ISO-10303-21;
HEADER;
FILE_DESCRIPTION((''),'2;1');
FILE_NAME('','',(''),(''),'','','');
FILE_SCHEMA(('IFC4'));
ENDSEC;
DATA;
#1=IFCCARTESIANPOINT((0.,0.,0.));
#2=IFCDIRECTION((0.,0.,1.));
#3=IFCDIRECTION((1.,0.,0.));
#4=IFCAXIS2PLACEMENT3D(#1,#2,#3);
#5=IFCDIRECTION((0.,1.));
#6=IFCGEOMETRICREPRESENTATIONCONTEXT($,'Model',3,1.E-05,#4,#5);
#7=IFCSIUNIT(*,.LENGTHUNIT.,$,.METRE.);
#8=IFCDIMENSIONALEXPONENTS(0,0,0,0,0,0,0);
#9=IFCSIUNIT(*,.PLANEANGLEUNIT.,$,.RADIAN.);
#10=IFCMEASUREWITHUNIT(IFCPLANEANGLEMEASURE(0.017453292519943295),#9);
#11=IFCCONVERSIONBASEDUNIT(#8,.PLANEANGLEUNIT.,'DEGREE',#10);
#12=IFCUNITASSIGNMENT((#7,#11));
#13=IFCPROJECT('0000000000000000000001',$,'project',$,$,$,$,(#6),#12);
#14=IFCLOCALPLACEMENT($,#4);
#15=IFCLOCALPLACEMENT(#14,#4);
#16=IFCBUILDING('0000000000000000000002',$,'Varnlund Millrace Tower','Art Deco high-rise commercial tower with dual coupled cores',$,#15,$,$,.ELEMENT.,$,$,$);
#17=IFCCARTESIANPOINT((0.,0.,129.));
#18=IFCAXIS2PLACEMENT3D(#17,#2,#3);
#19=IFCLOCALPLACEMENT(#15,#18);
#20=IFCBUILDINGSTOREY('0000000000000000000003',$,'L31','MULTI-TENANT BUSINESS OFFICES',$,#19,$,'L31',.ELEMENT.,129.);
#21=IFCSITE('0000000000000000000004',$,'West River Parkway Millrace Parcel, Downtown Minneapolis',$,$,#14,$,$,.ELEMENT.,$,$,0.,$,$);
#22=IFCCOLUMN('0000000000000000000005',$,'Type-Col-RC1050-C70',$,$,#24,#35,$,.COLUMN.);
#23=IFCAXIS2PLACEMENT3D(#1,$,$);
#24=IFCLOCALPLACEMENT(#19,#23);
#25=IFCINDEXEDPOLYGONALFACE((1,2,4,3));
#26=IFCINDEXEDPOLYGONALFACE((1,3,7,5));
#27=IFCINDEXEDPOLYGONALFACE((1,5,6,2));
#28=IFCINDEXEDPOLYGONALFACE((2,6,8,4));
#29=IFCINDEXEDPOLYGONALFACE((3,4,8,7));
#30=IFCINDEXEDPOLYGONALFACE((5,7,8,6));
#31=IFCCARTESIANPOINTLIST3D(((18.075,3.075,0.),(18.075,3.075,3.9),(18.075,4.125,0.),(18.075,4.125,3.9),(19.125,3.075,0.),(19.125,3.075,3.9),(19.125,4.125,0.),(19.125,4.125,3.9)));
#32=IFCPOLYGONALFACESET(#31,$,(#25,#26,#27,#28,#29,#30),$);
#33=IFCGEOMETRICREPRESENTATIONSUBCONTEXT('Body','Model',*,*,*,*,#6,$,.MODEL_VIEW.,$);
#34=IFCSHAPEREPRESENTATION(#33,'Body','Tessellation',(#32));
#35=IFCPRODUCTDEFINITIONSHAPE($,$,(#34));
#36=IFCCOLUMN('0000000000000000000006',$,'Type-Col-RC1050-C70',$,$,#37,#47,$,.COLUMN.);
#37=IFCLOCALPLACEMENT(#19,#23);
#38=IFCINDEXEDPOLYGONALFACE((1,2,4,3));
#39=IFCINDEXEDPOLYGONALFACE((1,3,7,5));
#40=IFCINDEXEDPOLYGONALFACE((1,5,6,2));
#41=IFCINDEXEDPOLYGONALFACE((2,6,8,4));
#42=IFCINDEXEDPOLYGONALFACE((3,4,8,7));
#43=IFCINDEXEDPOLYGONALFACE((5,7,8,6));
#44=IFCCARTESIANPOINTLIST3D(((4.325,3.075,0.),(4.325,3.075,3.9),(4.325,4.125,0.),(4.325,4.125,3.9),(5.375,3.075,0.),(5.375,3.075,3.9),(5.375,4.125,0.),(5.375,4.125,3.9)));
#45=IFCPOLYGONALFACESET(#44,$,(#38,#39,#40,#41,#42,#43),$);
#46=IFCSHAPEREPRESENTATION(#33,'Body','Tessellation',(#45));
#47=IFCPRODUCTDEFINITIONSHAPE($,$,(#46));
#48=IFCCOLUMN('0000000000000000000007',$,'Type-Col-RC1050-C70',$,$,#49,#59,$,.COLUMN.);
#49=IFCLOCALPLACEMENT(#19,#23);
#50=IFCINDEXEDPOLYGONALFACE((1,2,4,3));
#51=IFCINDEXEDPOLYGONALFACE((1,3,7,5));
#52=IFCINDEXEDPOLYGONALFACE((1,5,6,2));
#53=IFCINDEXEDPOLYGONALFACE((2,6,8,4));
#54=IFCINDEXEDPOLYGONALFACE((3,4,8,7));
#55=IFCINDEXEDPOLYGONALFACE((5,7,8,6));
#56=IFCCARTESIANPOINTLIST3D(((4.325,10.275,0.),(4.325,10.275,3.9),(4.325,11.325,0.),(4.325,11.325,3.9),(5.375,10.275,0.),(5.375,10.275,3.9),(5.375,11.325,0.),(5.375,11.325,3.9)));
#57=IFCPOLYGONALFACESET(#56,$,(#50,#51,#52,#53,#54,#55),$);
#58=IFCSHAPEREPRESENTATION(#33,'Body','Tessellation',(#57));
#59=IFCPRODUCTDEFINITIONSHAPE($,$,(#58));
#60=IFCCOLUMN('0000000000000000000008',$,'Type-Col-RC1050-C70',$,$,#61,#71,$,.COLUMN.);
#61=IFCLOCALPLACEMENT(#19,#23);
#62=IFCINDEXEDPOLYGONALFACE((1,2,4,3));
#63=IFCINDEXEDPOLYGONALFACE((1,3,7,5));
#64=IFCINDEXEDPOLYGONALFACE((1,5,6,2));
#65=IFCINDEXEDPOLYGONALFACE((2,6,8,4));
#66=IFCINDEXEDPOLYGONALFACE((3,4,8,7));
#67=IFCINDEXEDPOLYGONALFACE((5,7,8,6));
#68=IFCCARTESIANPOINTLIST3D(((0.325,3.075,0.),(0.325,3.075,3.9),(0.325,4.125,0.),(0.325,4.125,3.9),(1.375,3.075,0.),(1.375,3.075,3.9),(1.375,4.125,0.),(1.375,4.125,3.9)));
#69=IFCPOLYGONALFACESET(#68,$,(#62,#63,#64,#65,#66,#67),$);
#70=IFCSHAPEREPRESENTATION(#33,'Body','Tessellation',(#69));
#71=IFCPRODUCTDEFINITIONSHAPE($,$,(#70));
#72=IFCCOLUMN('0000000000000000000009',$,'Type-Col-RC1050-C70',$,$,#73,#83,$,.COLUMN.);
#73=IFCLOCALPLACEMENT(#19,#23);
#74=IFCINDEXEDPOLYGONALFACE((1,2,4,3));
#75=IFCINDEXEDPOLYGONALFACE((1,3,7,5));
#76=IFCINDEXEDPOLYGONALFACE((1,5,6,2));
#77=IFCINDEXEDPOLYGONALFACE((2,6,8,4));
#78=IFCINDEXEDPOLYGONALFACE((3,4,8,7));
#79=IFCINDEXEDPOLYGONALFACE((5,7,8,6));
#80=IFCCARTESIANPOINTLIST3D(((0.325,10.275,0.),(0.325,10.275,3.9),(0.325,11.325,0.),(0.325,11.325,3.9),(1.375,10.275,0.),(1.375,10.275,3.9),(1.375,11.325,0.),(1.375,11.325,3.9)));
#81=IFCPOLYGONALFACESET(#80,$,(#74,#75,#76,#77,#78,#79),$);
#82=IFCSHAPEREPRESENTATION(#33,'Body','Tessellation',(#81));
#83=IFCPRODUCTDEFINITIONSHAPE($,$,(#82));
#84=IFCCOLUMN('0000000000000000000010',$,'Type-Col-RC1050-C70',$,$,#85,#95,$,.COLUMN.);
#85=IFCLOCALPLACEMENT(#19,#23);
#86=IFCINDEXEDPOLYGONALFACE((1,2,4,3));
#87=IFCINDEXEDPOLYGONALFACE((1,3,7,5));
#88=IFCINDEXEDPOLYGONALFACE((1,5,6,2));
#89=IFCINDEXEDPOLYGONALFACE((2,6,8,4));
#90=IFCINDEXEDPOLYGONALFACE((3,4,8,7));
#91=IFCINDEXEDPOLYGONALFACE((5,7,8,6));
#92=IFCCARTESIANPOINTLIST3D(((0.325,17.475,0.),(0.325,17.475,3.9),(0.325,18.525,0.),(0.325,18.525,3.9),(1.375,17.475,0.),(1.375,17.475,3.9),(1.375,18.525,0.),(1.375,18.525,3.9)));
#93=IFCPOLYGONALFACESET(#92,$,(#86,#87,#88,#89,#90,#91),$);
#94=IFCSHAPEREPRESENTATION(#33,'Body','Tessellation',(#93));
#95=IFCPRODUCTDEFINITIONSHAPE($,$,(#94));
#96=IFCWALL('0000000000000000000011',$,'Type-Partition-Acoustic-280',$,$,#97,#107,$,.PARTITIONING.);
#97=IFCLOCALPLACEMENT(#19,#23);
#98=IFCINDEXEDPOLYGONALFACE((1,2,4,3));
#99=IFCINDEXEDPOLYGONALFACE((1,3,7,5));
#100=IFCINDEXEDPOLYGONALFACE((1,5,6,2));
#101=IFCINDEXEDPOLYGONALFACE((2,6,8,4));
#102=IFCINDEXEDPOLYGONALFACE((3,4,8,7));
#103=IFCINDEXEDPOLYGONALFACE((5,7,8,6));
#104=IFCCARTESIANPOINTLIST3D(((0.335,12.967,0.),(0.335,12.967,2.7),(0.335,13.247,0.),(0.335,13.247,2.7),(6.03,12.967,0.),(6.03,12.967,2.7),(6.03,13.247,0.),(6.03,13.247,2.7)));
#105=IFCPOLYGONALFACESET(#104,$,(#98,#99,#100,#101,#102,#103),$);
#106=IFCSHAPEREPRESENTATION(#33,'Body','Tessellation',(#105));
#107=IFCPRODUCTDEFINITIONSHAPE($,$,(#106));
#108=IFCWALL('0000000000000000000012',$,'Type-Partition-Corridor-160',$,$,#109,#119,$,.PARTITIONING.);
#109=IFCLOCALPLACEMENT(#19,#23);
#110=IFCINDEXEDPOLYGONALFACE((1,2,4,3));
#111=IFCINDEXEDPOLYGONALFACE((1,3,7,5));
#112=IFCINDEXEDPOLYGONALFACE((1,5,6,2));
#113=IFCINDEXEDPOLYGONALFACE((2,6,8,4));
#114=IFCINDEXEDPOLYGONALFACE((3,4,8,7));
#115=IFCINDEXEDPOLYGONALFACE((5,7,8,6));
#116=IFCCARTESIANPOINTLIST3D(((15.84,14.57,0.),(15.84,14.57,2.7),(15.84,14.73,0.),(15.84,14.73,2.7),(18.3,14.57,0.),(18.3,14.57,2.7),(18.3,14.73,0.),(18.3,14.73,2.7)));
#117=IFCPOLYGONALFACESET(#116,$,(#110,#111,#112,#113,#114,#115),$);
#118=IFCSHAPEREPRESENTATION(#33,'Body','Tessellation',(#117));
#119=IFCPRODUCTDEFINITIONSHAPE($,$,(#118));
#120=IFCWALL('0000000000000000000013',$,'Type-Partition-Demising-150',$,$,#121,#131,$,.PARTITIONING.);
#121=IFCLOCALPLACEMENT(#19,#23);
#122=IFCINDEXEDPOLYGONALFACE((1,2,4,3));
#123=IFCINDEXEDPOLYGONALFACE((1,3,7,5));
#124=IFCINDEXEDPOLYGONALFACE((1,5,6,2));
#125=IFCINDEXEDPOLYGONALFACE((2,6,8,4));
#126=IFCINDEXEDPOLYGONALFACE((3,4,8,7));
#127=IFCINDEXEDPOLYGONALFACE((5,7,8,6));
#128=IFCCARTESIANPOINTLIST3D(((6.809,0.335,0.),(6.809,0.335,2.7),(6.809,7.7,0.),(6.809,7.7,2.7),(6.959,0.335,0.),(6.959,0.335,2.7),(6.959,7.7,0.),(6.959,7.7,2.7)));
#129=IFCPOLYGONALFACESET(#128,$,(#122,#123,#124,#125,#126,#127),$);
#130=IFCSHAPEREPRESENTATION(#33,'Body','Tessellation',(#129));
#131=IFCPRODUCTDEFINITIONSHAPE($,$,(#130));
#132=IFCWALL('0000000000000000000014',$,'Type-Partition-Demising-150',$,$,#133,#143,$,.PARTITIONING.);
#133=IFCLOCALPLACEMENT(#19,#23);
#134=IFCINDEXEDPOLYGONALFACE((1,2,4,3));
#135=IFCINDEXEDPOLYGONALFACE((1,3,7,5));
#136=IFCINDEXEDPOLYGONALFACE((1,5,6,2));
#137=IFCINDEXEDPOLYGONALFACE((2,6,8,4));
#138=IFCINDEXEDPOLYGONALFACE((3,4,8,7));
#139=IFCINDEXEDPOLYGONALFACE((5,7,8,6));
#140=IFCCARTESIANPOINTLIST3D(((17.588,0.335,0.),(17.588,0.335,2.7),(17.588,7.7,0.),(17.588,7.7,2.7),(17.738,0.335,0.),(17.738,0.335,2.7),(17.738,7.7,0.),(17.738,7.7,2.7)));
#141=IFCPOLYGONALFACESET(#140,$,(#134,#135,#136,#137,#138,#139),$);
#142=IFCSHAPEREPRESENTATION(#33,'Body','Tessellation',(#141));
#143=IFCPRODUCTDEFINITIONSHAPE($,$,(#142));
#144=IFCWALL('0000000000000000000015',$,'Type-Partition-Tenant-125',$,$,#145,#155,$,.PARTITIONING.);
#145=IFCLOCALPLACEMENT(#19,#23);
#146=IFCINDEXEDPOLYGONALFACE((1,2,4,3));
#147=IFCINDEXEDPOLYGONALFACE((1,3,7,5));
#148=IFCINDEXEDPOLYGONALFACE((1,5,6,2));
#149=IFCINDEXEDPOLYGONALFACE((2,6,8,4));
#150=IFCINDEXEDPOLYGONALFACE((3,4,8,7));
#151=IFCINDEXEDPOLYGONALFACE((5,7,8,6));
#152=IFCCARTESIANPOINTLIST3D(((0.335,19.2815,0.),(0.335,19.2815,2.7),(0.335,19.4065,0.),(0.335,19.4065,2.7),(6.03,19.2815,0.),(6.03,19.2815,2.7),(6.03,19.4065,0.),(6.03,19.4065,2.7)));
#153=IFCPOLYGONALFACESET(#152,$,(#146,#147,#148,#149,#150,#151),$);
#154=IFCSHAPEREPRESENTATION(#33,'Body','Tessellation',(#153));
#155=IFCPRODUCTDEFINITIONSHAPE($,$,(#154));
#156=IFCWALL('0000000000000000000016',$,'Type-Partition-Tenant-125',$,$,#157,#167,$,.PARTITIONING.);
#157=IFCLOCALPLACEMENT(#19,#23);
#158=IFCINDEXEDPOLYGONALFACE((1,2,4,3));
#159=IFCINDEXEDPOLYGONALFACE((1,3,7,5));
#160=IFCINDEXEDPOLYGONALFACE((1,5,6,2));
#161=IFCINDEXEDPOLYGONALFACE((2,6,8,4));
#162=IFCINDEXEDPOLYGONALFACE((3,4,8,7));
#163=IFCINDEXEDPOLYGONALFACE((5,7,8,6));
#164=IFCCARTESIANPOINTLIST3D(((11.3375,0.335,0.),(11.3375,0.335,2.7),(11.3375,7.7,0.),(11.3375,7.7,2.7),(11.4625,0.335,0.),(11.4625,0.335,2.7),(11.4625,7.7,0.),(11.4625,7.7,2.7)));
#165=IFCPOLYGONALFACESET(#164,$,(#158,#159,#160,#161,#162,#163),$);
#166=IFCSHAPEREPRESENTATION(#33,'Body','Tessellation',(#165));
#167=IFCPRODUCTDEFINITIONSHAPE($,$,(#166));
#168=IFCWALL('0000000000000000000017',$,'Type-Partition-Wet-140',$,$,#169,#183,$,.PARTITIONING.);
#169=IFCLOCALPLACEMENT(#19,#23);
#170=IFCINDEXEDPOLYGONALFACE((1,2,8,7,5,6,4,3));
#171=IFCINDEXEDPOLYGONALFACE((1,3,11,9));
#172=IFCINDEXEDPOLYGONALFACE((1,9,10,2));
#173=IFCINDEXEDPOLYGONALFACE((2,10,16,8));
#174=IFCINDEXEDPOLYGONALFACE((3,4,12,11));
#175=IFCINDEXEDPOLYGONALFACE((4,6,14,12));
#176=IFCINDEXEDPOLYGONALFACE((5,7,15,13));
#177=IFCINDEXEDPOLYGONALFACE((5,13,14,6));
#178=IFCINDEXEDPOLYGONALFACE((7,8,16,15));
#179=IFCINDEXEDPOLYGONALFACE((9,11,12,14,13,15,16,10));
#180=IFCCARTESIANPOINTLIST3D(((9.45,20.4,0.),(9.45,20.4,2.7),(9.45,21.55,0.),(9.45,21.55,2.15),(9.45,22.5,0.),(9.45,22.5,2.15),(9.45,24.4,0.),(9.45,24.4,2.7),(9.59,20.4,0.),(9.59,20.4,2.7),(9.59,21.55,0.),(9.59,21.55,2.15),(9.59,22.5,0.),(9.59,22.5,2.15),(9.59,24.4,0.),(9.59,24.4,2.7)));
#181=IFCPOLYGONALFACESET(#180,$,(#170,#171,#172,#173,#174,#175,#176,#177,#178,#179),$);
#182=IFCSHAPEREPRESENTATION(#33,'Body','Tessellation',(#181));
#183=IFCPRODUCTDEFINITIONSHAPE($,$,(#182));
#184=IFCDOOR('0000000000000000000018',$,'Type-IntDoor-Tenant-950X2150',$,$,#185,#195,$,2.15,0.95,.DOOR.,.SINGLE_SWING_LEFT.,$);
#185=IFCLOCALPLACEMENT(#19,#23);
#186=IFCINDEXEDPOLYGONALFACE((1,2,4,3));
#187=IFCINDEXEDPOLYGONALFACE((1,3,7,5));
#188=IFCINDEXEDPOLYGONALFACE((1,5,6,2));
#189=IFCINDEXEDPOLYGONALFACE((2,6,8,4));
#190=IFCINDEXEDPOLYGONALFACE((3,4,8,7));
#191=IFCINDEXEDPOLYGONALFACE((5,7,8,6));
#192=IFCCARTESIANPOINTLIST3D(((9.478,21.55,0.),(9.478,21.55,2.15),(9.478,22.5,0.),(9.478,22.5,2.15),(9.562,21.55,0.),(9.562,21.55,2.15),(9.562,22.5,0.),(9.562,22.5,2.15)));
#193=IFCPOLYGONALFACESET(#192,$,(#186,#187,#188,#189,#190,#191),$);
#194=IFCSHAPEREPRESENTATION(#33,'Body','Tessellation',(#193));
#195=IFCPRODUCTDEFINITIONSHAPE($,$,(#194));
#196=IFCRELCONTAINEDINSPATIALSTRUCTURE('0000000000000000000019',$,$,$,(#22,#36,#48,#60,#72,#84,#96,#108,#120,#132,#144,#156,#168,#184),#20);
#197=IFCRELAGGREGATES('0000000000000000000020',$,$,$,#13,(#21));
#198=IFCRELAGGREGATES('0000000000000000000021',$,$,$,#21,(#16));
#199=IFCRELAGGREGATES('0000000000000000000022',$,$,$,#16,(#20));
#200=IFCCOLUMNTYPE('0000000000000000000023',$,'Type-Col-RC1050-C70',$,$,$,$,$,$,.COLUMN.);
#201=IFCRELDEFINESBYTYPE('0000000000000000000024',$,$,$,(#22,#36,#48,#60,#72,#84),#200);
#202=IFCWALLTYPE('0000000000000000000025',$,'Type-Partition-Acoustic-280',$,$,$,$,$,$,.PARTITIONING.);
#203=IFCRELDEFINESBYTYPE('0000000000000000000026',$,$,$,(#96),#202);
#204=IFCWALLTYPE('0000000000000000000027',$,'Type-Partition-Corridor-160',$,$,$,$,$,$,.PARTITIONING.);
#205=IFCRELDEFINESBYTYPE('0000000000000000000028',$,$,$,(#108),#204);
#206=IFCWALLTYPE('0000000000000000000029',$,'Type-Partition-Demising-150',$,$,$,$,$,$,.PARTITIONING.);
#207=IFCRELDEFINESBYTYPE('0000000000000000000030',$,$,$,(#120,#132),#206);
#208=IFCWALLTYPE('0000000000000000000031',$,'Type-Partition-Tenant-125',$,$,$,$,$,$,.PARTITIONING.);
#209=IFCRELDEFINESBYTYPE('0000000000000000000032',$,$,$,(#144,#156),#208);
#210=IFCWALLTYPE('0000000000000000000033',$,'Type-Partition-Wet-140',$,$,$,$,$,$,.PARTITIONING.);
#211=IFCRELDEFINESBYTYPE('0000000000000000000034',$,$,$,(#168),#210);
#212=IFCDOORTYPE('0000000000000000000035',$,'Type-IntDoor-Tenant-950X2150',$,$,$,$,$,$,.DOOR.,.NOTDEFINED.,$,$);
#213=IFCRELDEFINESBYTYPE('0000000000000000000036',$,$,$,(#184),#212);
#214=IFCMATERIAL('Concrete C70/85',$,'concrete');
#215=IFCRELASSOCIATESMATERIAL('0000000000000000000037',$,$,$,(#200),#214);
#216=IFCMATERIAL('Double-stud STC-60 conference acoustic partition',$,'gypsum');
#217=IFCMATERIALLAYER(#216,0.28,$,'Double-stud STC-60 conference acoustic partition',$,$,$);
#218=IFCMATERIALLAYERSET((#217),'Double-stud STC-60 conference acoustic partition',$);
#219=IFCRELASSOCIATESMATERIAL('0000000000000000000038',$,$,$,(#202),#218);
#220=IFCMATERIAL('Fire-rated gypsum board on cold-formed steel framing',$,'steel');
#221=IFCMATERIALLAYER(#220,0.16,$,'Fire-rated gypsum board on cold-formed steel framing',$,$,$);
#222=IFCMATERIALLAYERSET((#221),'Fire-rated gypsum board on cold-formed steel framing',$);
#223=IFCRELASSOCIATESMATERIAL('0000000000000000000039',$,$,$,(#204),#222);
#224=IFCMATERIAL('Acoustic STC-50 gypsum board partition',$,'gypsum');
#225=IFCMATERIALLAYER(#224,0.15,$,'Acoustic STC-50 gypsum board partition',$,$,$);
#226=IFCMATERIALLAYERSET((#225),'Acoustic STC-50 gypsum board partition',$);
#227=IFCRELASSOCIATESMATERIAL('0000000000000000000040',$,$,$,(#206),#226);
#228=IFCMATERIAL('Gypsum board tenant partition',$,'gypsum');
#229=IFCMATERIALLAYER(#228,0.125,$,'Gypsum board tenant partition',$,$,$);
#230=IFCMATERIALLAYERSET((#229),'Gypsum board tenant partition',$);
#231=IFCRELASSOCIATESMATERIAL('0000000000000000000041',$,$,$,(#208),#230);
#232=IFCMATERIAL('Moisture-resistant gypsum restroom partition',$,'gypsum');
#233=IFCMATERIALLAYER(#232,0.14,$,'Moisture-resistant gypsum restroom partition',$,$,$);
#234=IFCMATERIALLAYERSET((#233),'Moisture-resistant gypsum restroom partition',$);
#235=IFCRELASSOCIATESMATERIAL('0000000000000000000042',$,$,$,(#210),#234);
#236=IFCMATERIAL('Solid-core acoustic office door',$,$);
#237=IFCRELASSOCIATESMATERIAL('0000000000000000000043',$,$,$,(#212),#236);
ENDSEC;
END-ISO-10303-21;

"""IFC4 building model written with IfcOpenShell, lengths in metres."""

from ifc_helpers import new_model, entity, si_unit, converted_unit, direction, frame, origin_with_axes, origin_2d_with_axis, place, context, subcontext, project, spatial, polyline, rectangle, outline, extrude, material, layer, layer_set, material_profile, profile_set, type_object, element, fill, save


model = new_model("IFC4")

# Units and contexts
model_context = context("Model", 3, precision=1e-05, world=origin_with_axes(), true_north=direction((0.0, 1.0)))
body_context = subcontext(model_context, "Body", "Model", "MODEL_VIEW")
ifc_project = project(units=[si_unit("LENGTHUNIT", "METRE"), converted_unit("PLANEANGLEUNIT", "DEGREE", entity("IfcPlaneAngleMeasure", 0.017453292519943295), si_unit("PLANEANGLEUNIT", "RADIAN"), dimensions=[0, 0, 0, 0, 0, 0, 0])], contexts=[model_context])

# Site, building, storey
site_placement = place(None, origin_with_axes())
site = spatial("IfcSite", under=ifc_project, at=site_placement, Name="West River Parkway Millrace Parcel, Downtown Minneapolis", CompositionType="ELEMENT", RefElevation=0.0)
building_placement = place(site_placement, origin_with_axes())
building = spatial("IfcBuilding", under=site, at=building_placement, Name="Varnlund Millrace Tower", Description="Art Deco high-rise commercial tower with dual coupled cores", CompositionType="ELEMENT")
storey_placement = place(building_placement, frame((0.0, 0.0, 129.0), z_axis=(0.0, 0.0, 1.0), x_axis=(1.0, 0.0, 0.0)))
storey = spatial("IfcBuildingStorey", under=building, at=storey_placement, Name="L31", Description="MULTI-TENANT BUSINESS OFFICES", LongName="L31", CompositionType="ELEMENT", Elevation=129.0)

# Columns
ifc_material_1 = material(Name="Concrete C70/85", Category="concrete")
ifc_material_profile = material_profile(ifc_material_1, rectangle(XDim=1.05, YDim=1.05, at=origin_2d_with_axis()), Name="Concrete C70/85")
ifc_profile_set = profile_set([ifc_material_profile], Name="Concrete C70/85")
column_type = type_object("IfcColumnType", Name="Type-Col-RC1050-C70", PredefinedType="COLUMN", material=ifc_profile_set)
for number, where, z_axis, x_axis, name in (
    (1, (18.6, 3.6, 0.0), (0.0, 0.0, 1.0), (1.0, 0.0, 0.0), "Type-Col-RC1050-C70"),
    (2, (4.85, 3.6, 0.0), (0.0, 0.0, 1.0), (1.0, 0.0, 0.0), "Type-Col-RC1050-C70"),
    (3, (4.85, 10.8, 0.0), (0.0, 0.0, 1.0), (1.0, 0.0, 0.0), "Type-Col-RC1050-C70"),
    (4, (0.85, 3.6, 0.0), (0.0, 0.0, 1.0), (1.0, 0.0, 0.0), "Type-Col-RC1050-C70"),
    (5, (0.85, 10.8, 0.0), (0.0, 0.0, 1.0), (1.0, 0.0, 0.0), "Type-Col-RC1050-C70"),
    (6, (0.85, 18.0, 0.0), (0.0, 0.0, 1.0), (1.0, 0.0, 0.0), "Type-Col-RC1050-C70"),
):
    element("IfcColumn", number, at=place(storey_placement, frame(where, z_axis=z_axis, x_axis=x_axis)), inside=storey, type_object=column_type, Name=name, PredefinedType="COLUMN", context=body_context, shape_type="SweptSolid", body=[
        extrude(rectangle(XDim=1.05, YDim=1.05, at=origin_2d_with_axis()), origin_with_axes(), (0.0, 0.0, 1.0), 3.9),
    ])

# Walls
ifc_material_2 = material(Name="Double-stud STC-60 conference acoustic partition", Category="gypsum")
ifc_layer_1 = layer(ifc_material_2, 0.28, Name="Double-stud STC-60 conference acoustic partition")
ifc_layer_set_1 = layer_set([ifc_layer_1], Name="Double-stud STC-60 conference acoustic partition")
wall_type_1 = type_object("IfcWallType", Name="Type-Partition-Acoustic-280", PredefinedType="PARTITIONING", material=ifc_layer_set_1)
wall_1_placement = place(storey_placement, frame((0.335, 13.107, 0.0), z_axis=(0.0, 0.0, 1.0), x_axis=(1.0, 0.0, 0.0)))
element("IfcWall", 7, at=wall_1_placement, inside=storey, type_object=wall_type_1, Name="Type-Partition-Acoustic-280", PredefinedType="PARTITIONING", context=body_context, shape_type="SweptSolid", body=[
    extrude(outline(polyline([(0.0, -0.14), (5.695, -0.14), (5.695, 0.14), (0.0, 0.14), (0.0, -0.14)])), origin_with_axes(), (0.0, 0.0, 1.0), 2.7),
])
ifc_material_3 = material(Name="Fire-rated gypsum board on cold-formed steel framing", Category="steel")
ifc_layer_2 = layer(ifc_material_3, 0.16, Name="Fire-rated gypsum board on cold-formed steel framing")
ifc_layer_set_2 = layer_set([ifc_layer_2], Name="Fire-rated gypsum board on cold-formed steel framing")
wall_type_2 = type_object("IfcWallType", Name="Type-Partition-Corridor-160", PredefinedType="PARTITIONING", material=ifc_layer_set_2)
wall_2_placement = place(storey_placement, frame((15.84, 14.65, 0.0), z_axis=(0.0, 0.0, 1.0), x_axis=(1.0, 0.0, 0.0)))
element("IfcWall", 8, at=wall_2_placement, inside=storey, type_object=wall_type_2, Name="Type-Partition-Corridor-160", PredefinedType="PARTITIONING", context=body_context, shape_type="SweptSolid", body=[
    extrude(outline(polyline([(0.0, -0.08), (2.46, -0.08), (2.46, 0.08), (0.0, 0.08), (0.0, -0.08)])), origin_with_axes(), (0.0, 0.0, 1.0), 2.7),
])

# Walls
ifc_material_4 = material(Name="Acoustic STC-50 gypsum board partition", Category="gypsum")
ifc_layer_3 = layer(ifc_material_4, 0.15, Name="Acoustic STC-50 gypsum board partition")
ifc_layer_set_3 = layer_set([ifc_layer_3], Name="Acoustic STC-50 gypsum board partition")
wall_type_3 = type_object("IfcWallType", Name="Type-Partition-Demising-150", PredefinedType="PARTITIONING", material=ifc_layer_set_3)
for number, where, z_axis, x_axis, name in (
    (9, (6.884, 0.335, 0.0), (0.0, 0.0, 1.0), (0.0, 1.0, 0.0), "Type-Partition-Demising-150"),
    (10, (17.663, 0.335, 0.0), (0.0, 0.0, 1.0), (0.0, 1.0, 0.0), "Type-Partition-Demising-150"),
):
    element("IfcWall", number, at=place(storey_placement, frame(where, z_axis=z_axis, x_axis=x_axis)), inside=storey, type_object=wall_type_3, Name=name, PredefinedType="PARTITIONING", context=body_context, shape_type="SweptSolid", body=[
        extrude(outline(polyline([(0.0, -0.075), (7.365, -0.075), (7.365, 0.075), (0.0, 0.075), (0.0, -0.075)])), origin_with_axes(), (0.0, 0.0, 1.0), 2.7),
    ])
ifc_material_5 = material(Name="Gypsum board tenant partition", Category="gypsum")
ifc_layer_4 = layer(ifc_material_5, 0.125, Name="Gypsum board tenant partition")
ifc_layer_set_4 = layer_set([ifc_layer_4], Name="Gypsum board tenant partition")
wall_type_4 = type_object("IfcWallType", Name="Type-Partition-Tenant-125", PredefinedType="PARTITIONING", material=ifc_layer_set_4)
wall_3_placement = place(storey_placement, frame((0.335, 19.344, 0.0), z_axis=(0.0, 0.0, 1.0), x_axis=(1.0, 0.0, 0.0)))
element("IfcWall", 11, at=wall_3_placement, inside=storey, type_object=wall_type_4, Name="Type-Partition-Tenant-125", PredefinedType="PARTITIONING", context=body_context, shape_type="SweptSolid", body=[
    extrude(outline(polyline([(0.0, -0.0625), (5.695, -0.0625), (5.695, 0.0625), (0.0, 0.0625), (0.0, -0.0625)])), origin_with_axes(), (0.0, 0.0, 1.0), 2.7),
])
wall_4_placement = place(storey_placement, frame((11.4, 0.335, 0.0), z_axis=(0.0, 0.0, 1.0), x_axis=(0.0, 1.0, 0.0)))
element("IfcWall", 12, at=wall_4_placement, inside=storey, type_object=wall_type_4, Name="Type-Partition-Tenant-125", PredefinedType="PARTITIONING", context=body_context, shape_type="SweptSolid", body=[
    extrude(outline(polyline([(0.0, -0.0625), (7.365, -0.0625), (7.365, 0.0625), (0.0, 0.0625), (0.0, -0.0625)])), origin_with_axes(), (0.0, 0.0, 1.0), 2.7),
])

# Wall, opening, door
ifc_material_6 = material(Name="Moisture-resistant gypsum restroom partition", Category="gypsum")
ifc_layer_5 = layer(ifc_material_6, 0.14, Name="Moisture-resistant gypsum restroom partition")
ifc_layer_set_5 = layer_set([ifc_layer_5], Name="Moisture-resistant gypsum restroom partition")
wall_type_5 = type_object("IfcWallType", Name="Type-Partition-Wet-140", PredefinedType="PARTITIONING", material=ifc_layer_set_5)
wall_5_placement = place(storey_placement, frame((9.52, 20.4, 0.0), z_axis=(0.0, 0.0, 1.0), x_axis=(0.0, 1.0, 0.0)))
wall_5 = element("IfcWall", 13, at=wall_5_placement, inside=storey, type_object=wall_type_5, Name="Type-Partition-Wet-140", PredefinedType="PARTITIONING", context=body_context, shape_type="SweptSolid", body=[
    extrude(outline(polyline([(0.0, -0.07), (4.0, -0.07), (4.0, 0.07), (0.0, 0.07), (0.0, -0.07)])), origin_with_axes(), (0.0, 0.0, 1.0), 2.7),
])
opening_1_placement = place(wall_5_placement, frame((1.625, 0.0, 0.0), z_axis=(0.0, 0.0, 1.0), x_axis=(1.0, 0.0, 0.0)))
opening_1 = element("IfcOpeningElement", 14, at=opening_1_placement, cuts=wall_5, PredefinedType="OPENING", context=body_context, shape_type="SweptSolid", body=[
    extrude(rectangle(XDim=0.95, YDim=0.16, at=origin_2d_with_axis()), origin_with_axes(), (0.0, 0.0, 1.0), 2.15),
])
ifc_material_7 = material(Name="Solid-core acoustic office door")
door_type_1 = type_object("IfcDoorType", Name="Type-IntDoor-Tenant-950X2150", OperationType="NOTDEFINED", PredefinedType="DOOR", material=ifc_material_7)
door_1_placement = place(wall_5_placement, frame((1.625, 0.0, 0.0), z_axis=(0.0, 0.0, 1.0), x_axis=(1.0, 0.0, 0.0)))
door_1 = element("IfcDoor", 15, at=door_1_placement, inside=storey, type_object=door_type_1, Name="Type-IntDoor-Tenant-950X2150", OperationType="SINGLE_SWING_LEFT", OverallHeight=2.15, OverallWidth=0.95, PredefinedType="DOOR", context=body_context, shape_type="SweptSolid", body=[
    extrude(rectangle(XDim=0.95, YDim=0.084, at=origin_2d_with_axis()), origin_with_axes(), (0.0, 0.0, 1.0), 2.15),
])
fill(opening_1, door_1)

save(model, "model.ifc")
